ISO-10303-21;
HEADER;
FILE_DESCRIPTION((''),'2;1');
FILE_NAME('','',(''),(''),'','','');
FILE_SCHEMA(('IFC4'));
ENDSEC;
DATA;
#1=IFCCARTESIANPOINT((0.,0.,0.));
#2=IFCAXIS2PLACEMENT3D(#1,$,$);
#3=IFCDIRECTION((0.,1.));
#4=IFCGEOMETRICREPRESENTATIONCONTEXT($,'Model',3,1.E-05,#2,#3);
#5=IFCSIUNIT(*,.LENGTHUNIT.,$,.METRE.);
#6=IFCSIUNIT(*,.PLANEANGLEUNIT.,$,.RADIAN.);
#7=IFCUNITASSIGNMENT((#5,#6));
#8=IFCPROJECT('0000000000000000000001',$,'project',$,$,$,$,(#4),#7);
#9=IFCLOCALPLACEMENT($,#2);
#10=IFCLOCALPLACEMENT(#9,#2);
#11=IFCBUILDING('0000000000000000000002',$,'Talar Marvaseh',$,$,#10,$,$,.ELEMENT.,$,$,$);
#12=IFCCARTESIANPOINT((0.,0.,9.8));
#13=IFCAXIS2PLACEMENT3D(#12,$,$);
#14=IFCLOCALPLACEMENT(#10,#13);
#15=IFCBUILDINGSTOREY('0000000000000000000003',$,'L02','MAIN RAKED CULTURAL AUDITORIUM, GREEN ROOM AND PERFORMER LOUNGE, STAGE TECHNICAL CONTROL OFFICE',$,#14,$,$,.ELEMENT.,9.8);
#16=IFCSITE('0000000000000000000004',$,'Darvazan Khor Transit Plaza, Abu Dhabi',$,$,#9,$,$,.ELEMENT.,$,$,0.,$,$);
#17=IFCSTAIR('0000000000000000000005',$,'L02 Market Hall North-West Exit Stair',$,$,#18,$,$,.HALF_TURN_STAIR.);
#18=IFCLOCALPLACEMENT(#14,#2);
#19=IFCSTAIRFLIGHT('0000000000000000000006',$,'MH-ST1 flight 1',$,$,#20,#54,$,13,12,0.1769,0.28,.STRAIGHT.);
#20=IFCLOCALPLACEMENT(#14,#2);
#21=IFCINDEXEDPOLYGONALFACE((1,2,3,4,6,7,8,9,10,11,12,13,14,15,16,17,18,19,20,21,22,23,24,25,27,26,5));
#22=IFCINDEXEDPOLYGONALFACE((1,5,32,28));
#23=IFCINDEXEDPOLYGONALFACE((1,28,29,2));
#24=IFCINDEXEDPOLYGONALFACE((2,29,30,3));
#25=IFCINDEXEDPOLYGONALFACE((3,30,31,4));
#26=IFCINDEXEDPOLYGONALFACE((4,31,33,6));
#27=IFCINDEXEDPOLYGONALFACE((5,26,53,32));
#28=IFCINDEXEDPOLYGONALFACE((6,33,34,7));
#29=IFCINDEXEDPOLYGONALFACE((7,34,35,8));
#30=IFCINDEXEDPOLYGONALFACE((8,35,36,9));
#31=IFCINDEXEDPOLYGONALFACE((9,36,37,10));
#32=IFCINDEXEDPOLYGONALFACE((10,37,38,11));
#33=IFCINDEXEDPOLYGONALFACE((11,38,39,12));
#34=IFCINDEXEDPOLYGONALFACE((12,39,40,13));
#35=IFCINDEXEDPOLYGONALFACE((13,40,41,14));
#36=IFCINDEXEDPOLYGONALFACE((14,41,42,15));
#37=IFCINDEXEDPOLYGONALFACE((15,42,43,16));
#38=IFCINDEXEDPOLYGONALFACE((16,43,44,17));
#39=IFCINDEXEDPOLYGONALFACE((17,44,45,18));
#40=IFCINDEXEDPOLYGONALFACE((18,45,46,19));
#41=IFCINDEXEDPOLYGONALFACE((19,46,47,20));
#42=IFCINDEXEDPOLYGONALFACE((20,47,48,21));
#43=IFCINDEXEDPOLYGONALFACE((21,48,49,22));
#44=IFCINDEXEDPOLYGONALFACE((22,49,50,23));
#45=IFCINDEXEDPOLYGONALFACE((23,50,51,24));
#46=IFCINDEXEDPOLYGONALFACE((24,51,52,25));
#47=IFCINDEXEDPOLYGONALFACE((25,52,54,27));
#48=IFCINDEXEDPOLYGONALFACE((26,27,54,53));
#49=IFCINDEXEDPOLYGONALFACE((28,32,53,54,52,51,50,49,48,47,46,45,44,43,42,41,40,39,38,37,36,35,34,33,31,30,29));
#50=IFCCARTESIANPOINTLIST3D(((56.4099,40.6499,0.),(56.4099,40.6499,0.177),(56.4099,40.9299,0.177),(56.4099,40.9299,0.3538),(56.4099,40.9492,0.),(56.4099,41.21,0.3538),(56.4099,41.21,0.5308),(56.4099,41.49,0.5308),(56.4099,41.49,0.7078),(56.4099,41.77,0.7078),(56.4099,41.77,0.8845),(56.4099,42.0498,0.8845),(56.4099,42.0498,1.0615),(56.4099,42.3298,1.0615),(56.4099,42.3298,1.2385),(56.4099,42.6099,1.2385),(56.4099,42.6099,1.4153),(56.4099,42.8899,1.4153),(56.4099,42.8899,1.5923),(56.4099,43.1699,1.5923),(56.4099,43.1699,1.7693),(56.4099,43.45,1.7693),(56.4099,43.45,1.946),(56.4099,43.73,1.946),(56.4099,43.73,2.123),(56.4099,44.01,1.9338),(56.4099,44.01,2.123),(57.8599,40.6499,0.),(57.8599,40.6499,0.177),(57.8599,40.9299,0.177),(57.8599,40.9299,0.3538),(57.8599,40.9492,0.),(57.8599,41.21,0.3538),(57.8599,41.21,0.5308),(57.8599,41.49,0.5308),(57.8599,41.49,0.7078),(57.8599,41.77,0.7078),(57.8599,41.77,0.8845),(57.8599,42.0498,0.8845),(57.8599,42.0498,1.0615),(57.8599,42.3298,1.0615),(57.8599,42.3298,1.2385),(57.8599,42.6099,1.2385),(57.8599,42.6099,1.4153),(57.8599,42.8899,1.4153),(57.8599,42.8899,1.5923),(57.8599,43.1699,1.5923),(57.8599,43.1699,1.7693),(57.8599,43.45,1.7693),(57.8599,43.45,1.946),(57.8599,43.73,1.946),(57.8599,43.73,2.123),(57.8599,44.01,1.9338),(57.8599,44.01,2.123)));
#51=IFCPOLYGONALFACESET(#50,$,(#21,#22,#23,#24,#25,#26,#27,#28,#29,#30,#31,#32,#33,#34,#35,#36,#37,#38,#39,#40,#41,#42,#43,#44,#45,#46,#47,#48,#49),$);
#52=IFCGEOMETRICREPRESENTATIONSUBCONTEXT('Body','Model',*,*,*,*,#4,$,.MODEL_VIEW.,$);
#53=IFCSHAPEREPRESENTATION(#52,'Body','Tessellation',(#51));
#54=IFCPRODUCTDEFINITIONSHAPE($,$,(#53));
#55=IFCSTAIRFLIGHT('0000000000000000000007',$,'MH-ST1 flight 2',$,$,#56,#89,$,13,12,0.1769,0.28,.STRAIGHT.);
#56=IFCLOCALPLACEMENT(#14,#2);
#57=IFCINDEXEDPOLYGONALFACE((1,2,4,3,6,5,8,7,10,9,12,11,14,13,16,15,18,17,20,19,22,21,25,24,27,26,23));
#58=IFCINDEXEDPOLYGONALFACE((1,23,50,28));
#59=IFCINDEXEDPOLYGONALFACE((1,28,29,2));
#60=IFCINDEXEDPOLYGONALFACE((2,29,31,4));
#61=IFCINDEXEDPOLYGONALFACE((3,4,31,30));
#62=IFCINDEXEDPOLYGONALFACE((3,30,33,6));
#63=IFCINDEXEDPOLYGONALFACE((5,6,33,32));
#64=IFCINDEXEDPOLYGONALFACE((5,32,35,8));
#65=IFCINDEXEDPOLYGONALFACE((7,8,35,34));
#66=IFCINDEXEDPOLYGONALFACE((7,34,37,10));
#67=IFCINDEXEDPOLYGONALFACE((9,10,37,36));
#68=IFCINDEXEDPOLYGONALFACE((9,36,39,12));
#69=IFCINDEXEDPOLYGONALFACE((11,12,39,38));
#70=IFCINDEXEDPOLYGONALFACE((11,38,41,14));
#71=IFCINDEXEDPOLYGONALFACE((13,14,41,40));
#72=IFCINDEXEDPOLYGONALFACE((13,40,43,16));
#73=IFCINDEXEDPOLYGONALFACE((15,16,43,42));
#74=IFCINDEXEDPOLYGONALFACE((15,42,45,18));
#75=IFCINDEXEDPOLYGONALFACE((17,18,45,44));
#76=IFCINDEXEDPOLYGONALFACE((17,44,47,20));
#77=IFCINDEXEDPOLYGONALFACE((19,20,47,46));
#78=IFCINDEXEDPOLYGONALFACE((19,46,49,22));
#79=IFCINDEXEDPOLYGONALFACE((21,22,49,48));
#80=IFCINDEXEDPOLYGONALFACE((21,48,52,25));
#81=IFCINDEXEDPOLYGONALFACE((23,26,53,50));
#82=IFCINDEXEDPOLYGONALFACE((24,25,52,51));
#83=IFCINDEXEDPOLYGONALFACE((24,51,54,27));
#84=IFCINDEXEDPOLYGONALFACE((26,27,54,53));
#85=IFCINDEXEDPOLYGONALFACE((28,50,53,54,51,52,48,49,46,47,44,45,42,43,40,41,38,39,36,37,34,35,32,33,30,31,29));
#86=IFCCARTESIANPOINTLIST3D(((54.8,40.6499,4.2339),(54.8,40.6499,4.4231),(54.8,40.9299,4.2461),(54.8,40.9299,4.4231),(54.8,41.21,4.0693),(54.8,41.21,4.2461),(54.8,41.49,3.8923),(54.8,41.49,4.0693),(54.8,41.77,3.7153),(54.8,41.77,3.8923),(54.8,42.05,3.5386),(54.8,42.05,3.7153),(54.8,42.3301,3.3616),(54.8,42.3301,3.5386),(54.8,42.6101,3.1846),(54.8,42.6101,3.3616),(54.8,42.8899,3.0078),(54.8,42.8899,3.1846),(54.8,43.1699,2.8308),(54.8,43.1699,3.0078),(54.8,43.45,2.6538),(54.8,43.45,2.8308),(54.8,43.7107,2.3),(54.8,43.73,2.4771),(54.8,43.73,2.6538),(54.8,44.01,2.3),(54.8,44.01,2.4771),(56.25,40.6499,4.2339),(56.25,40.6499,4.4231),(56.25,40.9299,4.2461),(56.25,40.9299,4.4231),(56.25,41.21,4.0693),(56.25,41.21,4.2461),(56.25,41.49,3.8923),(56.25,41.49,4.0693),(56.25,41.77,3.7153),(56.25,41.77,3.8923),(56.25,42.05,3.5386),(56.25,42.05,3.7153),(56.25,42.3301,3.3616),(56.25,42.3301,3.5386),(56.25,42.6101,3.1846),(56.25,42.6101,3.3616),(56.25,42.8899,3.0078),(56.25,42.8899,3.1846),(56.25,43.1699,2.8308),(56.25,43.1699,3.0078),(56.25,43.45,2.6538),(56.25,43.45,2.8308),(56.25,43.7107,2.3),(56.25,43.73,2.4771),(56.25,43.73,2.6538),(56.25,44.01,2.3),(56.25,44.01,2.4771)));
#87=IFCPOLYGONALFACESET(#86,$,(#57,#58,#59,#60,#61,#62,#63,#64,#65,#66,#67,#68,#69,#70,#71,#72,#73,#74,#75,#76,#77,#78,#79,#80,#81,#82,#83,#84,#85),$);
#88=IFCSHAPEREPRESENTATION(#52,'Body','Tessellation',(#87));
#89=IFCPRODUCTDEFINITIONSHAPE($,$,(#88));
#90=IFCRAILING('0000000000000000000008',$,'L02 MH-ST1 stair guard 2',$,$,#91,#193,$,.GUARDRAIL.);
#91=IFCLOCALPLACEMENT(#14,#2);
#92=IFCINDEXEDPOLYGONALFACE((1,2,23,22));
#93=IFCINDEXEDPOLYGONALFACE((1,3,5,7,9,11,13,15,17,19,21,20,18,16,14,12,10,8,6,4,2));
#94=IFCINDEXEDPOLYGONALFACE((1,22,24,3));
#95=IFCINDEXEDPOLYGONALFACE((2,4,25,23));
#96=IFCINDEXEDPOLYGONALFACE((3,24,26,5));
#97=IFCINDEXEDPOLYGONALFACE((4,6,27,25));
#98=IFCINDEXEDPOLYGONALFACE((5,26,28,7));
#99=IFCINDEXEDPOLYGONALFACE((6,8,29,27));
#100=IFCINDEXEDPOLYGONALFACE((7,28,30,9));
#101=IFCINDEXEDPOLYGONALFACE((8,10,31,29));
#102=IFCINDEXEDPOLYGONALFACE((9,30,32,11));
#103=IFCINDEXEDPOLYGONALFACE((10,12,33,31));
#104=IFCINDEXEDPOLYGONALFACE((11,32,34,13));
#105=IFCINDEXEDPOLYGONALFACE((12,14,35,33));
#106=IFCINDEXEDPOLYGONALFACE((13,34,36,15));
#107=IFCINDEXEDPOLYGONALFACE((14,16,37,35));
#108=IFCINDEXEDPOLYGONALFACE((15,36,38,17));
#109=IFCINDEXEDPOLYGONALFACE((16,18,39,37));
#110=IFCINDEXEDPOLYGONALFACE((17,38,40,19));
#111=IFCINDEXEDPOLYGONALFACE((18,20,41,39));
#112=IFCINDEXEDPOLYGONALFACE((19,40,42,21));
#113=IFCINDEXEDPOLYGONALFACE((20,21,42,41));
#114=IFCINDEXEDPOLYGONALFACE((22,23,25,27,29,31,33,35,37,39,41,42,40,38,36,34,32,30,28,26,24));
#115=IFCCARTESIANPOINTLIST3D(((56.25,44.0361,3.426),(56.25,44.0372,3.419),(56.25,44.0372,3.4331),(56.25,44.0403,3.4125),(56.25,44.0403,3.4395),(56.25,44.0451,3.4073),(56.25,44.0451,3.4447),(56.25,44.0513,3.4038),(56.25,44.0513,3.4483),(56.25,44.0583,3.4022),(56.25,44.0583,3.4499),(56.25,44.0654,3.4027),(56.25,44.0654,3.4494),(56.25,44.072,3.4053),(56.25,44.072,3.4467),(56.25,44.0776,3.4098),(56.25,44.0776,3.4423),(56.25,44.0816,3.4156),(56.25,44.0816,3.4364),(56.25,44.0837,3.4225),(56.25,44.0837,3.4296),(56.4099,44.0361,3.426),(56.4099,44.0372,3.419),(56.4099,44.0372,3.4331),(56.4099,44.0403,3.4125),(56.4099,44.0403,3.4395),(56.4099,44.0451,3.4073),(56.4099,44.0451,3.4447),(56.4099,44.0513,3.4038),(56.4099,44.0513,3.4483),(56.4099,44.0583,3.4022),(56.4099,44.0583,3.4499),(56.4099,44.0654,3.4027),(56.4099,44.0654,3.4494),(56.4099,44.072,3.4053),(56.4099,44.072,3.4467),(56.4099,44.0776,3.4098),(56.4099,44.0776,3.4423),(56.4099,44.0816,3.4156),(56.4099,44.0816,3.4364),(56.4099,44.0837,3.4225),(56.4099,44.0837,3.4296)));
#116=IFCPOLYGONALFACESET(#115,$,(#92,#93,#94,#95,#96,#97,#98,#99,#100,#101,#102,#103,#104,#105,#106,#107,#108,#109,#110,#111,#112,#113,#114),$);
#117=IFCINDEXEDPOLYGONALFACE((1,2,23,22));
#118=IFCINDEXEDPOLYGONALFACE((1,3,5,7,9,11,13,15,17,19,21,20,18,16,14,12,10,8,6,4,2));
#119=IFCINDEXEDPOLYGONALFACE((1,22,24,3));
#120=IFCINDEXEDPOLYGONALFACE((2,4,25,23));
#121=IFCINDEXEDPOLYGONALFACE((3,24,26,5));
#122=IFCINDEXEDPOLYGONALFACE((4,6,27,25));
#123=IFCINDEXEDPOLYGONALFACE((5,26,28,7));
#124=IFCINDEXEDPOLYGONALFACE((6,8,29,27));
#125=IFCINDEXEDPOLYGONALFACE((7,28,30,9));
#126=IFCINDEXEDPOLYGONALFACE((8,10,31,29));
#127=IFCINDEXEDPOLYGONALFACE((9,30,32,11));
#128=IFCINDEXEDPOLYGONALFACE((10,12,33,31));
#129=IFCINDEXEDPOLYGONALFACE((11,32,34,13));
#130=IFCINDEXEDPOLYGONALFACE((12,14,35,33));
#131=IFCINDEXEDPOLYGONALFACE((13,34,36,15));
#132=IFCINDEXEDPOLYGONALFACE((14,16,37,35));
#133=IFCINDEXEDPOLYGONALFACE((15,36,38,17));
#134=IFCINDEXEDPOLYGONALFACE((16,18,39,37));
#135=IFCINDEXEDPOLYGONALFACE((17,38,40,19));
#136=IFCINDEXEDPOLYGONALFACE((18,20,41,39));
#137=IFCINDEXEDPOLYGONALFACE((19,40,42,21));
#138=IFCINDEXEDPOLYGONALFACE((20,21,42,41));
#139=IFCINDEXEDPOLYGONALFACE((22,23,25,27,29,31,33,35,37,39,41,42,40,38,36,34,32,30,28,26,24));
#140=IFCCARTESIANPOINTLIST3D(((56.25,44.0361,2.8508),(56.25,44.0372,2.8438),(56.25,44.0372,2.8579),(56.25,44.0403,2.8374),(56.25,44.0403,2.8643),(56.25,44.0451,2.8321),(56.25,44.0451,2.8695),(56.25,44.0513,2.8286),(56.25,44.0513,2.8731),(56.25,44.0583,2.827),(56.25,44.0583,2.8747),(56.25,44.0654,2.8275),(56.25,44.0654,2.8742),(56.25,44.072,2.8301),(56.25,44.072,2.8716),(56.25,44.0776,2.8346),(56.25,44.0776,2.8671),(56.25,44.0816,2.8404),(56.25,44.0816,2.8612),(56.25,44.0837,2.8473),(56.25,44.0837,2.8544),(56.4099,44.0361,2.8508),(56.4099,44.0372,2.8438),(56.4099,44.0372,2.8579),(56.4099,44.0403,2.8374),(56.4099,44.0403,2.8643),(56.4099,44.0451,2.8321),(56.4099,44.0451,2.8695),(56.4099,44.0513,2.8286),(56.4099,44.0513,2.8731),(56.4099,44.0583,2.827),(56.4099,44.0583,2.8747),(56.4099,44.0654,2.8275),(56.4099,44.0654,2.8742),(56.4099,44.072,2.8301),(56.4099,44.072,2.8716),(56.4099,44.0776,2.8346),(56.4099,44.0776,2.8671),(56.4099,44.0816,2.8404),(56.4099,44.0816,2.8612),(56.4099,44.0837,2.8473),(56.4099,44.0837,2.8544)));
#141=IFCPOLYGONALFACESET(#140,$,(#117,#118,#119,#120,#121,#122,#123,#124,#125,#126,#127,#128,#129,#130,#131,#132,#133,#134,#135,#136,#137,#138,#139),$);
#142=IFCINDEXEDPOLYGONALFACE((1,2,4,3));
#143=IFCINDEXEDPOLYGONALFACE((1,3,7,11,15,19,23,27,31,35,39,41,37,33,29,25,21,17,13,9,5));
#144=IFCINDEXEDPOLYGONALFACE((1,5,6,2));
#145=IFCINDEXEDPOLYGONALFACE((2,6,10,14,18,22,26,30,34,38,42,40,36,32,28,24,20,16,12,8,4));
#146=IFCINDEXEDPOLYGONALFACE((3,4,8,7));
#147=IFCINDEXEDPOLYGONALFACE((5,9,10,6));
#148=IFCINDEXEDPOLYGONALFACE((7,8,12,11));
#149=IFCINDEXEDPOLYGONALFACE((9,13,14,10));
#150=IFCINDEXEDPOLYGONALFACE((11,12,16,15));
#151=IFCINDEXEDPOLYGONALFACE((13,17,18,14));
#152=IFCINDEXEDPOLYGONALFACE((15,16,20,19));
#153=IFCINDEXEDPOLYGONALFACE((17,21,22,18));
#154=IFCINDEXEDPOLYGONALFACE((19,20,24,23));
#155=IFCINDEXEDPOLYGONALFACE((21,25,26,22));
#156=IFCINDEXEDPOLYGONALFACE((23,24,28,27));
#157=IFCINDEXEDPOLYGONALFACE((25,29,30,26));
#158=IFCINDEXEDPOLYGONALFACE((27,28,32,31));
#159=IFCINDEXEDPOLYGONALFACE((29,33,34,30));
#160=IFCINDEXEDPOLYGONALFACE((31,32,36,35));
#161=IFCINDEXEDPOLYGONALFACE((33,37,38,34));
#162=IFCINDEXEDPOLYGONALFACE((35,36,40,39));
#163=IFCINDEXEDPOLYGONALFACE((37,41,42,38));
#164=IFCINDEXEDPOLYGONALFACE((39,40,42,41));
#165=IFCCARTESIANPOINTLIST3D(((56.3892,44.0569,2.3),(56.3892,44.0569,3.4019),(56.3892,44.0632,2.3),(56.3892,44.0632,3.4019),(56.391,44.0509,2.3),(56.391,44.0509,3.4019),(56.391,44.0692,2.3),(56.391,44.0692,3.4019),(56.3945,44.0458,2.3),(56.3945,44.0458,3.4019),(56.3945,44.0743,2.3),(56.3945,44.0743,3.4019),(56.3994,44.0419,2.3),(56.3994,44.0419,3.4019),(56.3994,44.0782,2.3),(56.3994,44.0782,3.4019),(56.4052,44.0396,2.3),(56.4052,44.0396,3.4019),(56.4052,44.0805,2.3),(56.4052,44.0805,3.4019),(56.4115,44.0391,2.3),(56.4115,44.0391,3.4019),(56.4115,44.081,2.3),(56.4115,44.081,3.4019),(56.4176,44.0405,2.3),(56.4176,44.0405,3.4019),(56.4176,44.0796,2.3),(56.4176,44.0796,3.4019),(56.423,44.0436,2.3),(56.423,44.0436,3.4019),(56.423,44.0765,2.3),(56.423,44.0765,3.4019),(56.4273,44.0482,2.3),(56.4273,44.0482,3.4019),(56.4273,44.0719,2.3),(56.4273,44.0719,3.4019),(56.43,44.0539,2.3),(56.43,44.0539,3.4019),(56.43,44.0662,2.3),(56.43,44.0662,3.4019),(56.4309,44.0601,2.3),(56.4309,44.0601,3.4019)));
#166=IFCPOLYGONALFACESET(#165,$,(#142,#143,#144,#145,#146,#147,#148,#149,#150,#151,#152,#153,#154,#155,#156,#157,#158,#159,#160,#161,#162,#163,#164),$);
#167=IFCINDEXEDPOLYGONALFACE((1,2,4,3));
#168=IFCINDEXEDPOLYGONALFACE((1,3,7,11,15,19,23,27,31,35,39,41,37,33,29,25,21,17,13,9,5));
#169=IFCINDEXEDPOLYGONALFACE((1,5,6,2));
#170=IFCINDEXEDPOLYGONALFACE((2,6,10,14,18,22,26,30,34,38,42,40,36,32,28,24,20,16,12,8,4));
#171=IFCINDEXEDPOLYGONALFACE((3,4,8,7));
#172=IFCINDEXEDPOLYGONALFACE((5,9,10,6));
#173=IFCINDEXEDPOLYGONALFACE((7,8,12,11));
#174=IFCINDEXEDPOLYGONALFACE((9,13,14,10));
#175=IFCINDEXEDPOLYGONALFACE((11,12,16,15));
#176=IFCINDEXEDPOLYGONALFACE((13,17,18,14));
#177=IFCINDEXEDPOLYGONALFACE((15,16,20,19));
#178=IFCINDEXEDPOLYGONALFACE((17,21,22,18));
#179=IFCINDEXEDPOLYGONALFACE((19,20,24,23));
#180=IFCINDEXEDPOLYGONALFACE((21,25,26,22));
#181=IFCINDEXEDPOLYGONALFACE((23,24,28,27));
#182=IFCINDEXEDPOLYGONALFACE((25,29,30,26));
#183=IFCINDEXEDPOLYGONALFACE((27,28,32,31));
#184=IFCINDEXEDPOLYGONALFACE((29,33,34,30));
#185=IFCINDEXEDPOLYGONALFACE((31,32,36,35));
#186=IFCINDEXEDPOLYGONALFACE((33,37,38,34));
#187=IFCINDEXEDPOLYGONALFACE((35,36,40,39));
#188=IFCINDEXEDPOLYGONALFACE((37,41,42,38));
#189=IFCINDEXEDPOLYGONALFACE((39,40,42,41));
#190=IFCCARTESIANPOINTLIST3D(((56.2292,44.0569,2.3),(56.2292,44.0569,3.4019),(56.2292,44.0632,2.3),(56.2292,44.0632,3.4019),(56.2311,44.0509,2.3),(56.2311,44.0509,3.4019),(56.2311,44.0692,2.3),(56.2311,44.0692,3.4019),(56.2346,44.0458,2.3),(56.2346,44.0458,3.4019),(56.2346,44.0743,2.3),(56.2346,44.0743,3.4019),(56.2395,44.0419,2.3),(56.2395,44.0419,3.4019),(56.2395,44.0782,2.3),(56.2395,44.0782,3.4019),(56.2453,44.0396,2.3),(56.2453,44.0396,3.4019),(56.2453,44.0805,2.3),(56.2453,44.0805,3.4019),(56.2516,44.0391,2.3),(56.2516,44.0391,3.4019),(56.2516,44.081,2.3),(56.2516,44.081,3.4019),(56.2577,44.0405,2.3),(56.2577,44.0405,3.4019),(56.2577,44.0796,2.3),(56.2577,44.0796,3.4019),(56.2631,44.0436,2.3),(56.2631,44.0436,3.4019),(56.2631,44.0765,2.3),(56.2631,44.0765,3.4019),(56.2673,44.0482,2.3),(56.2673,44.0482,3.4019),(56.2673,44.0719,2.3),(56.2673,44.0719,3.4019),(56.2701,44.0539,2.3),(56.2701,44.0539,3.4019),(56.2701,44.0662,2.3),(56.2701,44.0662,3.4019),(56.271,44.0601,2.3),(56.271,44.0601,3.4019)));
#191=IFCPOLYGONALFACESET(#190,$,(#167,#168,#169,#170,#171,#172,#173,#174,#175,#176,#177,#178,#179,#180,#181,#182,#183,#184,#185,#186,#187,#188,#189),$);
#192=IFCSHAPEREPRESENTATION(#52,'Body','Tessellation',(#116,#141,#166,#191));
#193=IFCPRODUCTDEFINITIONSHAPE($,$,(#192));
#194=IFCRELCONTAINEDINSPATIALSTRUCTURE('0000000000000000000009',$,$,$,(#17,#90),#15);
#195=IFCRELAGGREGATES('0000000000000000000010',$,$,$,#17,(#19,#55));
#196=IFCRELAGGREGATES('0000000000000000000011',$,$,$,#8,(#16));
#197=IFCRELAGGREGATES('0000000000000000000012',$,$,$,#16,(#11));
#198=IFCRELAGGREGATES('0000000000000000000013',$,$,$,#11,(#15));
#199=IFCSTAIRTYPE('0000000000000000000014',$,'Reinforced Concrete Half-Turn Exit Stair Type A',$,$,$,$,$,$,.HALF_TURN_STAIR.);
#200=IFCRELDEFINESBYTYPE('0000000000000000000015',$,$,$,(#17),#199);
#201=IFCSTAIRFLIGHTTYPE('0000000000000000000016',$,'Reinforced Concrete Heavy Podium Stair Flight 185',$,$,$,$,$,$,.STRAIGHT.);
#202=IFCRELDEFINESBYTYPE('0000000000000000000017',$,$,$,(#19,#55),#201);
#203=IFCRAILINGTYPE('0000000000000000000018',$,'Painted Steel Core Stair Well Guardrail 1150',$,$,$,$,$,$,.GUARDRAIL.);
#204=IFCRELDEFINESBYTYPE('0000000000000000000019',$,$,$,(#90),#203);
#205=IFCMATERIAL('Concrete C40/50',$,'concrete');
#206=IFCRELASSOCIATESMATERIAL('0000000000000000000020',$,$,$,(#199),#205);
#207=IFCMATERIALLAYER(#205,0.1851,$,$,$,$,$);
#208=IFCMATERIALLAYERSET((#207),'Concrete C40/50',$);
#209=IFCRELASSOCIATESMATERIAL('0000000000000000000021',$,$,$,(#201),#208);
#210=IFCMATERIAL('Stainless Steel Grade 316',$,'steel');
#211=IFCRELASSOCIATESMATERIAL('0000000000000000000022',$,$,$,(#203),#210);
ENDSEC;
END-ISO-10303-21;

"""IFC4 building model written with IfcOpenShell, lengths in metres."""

from ifc_helpers import new_model, si_unit, direction, frame, origin, origin_2d, place, context, subcontext, project, spatial, polyline, circle, outline, extrude, material, layer, layer_set, type_object, element, aggregate, save


model = new_model("IFC4")

# Units and contexts
model_context = context("Model", 3, precision=1e-05, world=origin(), true_north=direction((0.0, 1.0)))
body_context = subcontext(model_context, "Body", "Model", "MODEL_VIEW")
ifc_project = project(units=[si_unit("LENGTHUNIT", "METRE"), si_unit("PLANEANGLEUNIT", "RADIAN")], contexts=[model_context])

# Site, building, storey
site_placement = place(None, origin())
site = spatial("IfcSite", under=ifc_project, at=site_placement, Name="Darvazan Khor Transit Plaza, Abu Dhabi", CompositionType="ELEMENT", RefElevation=0.0)
building_placement = place(site_placement, origin())
building = spatial("IfcBuilding", under=site, at=building_placement, Name="Talar Marvaseh", CompositionType="ELEMENT")
storey_placement = place(building_placement, frame((0.0, 0.0, 9.8)))
storey = spatial("IfcBuildingStorey", under=building, at=storey_placement, Name="L02", Description="MAIN RAKED CULTURAL AUDITORIUM, GREEN ROOM AND PERFORMER LOUNGE, STAGE TECHNICAL CONTROL OFFICE", CompositionType="ELEMENT", Elevation=9.8)

# Shared definitions
ifc_material_1 = material(Name="Concrete C40/50", Category="concrete")

# Stair, stair flights
stair_type = type_object("IfcStairType", Name="Reinforced Concrete Half-Turn Exit Stair Type A", PredefinedType="HALF_TURN_STAIR", material=ifc_material_1)
stair_placement = place(storey_placement, origin())
stair = element("IfcStair", 1, at=stair_placement, inside=storey, type_object=stair_type, Name="L02 Market Hall North-West Exit Stair", PredefinedType="HALF_TURN_STAIR")
ifc_layer_1 = layer(ifc_material_1, 0.1851)
ifc_layer_set_1 = layer_set([ifc_layer_1], Name="Concrete C40/50")
stair_flight_type = type_object("IfcStairFlightType", Name="Reinforced Concrete Heavy Podium Stair Flight 185", PredefinedType="STRAIGHT", material=ifc_layer_set_1)
stair_flight_1_placement = place(storey_placement, frame((57.135, 40.6499, 0.0), z_axis=(0.0, 0.0, 1.0), x_axis=(0.0, 1.0, 0.0)))
stair_flight_1 = element("IfcStairFlight", 2, at=stair_flight_1_placement, type_object=stair_flight_type, Name="MH-ST1 flight 1", NumberOfRisers=13, NumberOfTreads=12, PredefinedType="STRAIGHT", RiserHeight=0.1769, TreadLength=0.28, context=body_context, shape_type="SweptSolid", body=[
    extrude(outline(polyline([(0.0, 0.0), (0.0, 0.177), (0.28, 0.177), (0.28, 0.3538), (0.5601, 0.3538), (0.5601, 0.5308), (0.8401, 0.5308), (0.8401, 0.7078), (1.1201, 0.7078), (1.1201, 0.8845), (1.3999, 0.8845), (1.3999, 1.0615), (1.6799, 1.0615), (1.6799, 1.2385), (1.96, 1.2385), (1.96, 1.4153), (2.24, 1.4153), (2.24, 1.5923), (2.52, 1.5923), (2.52, 1.7693), (2.8, 1.7693), (2.8, 1.946), (3.0801, 1.946), (3.0801, 2.123), (3.3601, 2.123), (3.3601, 2.3), (3.3601, 1.9338), (0.2993, 0.0), (0.0, 0.0)])), frame((0.0, 0.7251, 0.0), z_axis=(0.0, -1.0, 0.0), x_axis=(1.0, 0.0, 0.0)), (0.0, 0.0, 1.0), 1.45),
])
stair_flight_2_placement = place(storey_placement, frame((55.5249, 44.01, 2.3), z_axis=(0.0, 0.0, 1.0), x_axis=(0.0, -1.0, 0.0)))
stair_flight_2 = element("IfcStairFlight", 3, at=stair_flight_2_placement, type_object=stair_flight_type, Name="MH-ST1 flight 2", NumberOfRisers=13, NumberOfTreads=12, PredefinedType="STRAIGHT", RiserHeight=0.1769, TreadLength=0.28, context=body_context, shape_type="SweptSolid", body=[
    extrude(outline(polyline([(0.0, 0.0), (0.0, 0.177), (0.28, 0.177), (0.28, 0.3538), (0.5601, 0.3538), (0.5601, 0.5308), (0.8401, 0.5308), (0.8401, 0.7078), (1.1201, 0.7078), (1.1201, 0.8845), (1.3999, 0.8845), (1.3999, 1.0615), (1.6799, 1.0615), (1.6799, 1.2385), (1.96, 1.2385), (1.96, 1.4153), (2.24, 1.4153), (2.24, 1.5923), (2.52, 1.5923), (2.52, 1.7693), (2.8, 1.7693), (2.8, 1.946), (3.0801, 1.946), (3.0801, 2.123), (3.3601, 2.123), (3.3601, 2.3), (3.3601, 1.9338), (0.2993, 0.0), (0.0, 0.0)])), frame((0.0, 0.7251, 0.0), z_axis=(0.0, -1.0, 0.0), x_axis=(1.0, 0.0, 0.0)), (0.0, 0.0, 1.0), 1.45),
])
aggregate(stair, [stair_flight_1, stair_flight_2])

# Railing
ifc_material_2 = material(Name="Stainless Steel Grade 316", Category="steel")
railing_type_1 = type_object("IfcRailingType", Name="Painted Steel Core Stair Well Guardrail 1150", PredefinedType="GUARDRAIL", material=ifc_material_2)
railing_1_placement = place(storey_placement, frame((56.4099, 44.0601, 2.3)))
element("IfcRailing", 4, at=railing_1_placement, inside=storey, type_object=railing_type_1, Name="L02 MH-ST1 stair guard 2", PredefinedType="GUARDRAIL", context=body_context, shape_type="SweptSolid", body=[
    extrude(circle(Radius=0.0239, at=origin_2d()), frame((0.0, 0.0, 1.126), z_axis=(-1.0, 0.0, 0.0), x_axis=(0.0, -1.0, 0.0)), (0.0, 0.0, 1.0), 0.1599),
    extrude(circle(Radius=0.0239, at=origin_2d()), frame((0.0, 0.0, 0.5508), z_axis=(-1.0, 0.0, 0.0), x_axis=(0.0, -1.0, 0.0)), (0.0, 0.0, 1.0), 0.1599),
    extrude(circle(Radius=0.021, at=origin_2d()), origin(), (0.0, 0.0, 1.0), 1.1018),
    extrude(circle(Radius=0.021, at=origin_2d()), frame((-0.1599, 0.0, 0.0)), (0.0, 0.0, 1.0), 1.1018),
])

save(model, "model.ifc")
